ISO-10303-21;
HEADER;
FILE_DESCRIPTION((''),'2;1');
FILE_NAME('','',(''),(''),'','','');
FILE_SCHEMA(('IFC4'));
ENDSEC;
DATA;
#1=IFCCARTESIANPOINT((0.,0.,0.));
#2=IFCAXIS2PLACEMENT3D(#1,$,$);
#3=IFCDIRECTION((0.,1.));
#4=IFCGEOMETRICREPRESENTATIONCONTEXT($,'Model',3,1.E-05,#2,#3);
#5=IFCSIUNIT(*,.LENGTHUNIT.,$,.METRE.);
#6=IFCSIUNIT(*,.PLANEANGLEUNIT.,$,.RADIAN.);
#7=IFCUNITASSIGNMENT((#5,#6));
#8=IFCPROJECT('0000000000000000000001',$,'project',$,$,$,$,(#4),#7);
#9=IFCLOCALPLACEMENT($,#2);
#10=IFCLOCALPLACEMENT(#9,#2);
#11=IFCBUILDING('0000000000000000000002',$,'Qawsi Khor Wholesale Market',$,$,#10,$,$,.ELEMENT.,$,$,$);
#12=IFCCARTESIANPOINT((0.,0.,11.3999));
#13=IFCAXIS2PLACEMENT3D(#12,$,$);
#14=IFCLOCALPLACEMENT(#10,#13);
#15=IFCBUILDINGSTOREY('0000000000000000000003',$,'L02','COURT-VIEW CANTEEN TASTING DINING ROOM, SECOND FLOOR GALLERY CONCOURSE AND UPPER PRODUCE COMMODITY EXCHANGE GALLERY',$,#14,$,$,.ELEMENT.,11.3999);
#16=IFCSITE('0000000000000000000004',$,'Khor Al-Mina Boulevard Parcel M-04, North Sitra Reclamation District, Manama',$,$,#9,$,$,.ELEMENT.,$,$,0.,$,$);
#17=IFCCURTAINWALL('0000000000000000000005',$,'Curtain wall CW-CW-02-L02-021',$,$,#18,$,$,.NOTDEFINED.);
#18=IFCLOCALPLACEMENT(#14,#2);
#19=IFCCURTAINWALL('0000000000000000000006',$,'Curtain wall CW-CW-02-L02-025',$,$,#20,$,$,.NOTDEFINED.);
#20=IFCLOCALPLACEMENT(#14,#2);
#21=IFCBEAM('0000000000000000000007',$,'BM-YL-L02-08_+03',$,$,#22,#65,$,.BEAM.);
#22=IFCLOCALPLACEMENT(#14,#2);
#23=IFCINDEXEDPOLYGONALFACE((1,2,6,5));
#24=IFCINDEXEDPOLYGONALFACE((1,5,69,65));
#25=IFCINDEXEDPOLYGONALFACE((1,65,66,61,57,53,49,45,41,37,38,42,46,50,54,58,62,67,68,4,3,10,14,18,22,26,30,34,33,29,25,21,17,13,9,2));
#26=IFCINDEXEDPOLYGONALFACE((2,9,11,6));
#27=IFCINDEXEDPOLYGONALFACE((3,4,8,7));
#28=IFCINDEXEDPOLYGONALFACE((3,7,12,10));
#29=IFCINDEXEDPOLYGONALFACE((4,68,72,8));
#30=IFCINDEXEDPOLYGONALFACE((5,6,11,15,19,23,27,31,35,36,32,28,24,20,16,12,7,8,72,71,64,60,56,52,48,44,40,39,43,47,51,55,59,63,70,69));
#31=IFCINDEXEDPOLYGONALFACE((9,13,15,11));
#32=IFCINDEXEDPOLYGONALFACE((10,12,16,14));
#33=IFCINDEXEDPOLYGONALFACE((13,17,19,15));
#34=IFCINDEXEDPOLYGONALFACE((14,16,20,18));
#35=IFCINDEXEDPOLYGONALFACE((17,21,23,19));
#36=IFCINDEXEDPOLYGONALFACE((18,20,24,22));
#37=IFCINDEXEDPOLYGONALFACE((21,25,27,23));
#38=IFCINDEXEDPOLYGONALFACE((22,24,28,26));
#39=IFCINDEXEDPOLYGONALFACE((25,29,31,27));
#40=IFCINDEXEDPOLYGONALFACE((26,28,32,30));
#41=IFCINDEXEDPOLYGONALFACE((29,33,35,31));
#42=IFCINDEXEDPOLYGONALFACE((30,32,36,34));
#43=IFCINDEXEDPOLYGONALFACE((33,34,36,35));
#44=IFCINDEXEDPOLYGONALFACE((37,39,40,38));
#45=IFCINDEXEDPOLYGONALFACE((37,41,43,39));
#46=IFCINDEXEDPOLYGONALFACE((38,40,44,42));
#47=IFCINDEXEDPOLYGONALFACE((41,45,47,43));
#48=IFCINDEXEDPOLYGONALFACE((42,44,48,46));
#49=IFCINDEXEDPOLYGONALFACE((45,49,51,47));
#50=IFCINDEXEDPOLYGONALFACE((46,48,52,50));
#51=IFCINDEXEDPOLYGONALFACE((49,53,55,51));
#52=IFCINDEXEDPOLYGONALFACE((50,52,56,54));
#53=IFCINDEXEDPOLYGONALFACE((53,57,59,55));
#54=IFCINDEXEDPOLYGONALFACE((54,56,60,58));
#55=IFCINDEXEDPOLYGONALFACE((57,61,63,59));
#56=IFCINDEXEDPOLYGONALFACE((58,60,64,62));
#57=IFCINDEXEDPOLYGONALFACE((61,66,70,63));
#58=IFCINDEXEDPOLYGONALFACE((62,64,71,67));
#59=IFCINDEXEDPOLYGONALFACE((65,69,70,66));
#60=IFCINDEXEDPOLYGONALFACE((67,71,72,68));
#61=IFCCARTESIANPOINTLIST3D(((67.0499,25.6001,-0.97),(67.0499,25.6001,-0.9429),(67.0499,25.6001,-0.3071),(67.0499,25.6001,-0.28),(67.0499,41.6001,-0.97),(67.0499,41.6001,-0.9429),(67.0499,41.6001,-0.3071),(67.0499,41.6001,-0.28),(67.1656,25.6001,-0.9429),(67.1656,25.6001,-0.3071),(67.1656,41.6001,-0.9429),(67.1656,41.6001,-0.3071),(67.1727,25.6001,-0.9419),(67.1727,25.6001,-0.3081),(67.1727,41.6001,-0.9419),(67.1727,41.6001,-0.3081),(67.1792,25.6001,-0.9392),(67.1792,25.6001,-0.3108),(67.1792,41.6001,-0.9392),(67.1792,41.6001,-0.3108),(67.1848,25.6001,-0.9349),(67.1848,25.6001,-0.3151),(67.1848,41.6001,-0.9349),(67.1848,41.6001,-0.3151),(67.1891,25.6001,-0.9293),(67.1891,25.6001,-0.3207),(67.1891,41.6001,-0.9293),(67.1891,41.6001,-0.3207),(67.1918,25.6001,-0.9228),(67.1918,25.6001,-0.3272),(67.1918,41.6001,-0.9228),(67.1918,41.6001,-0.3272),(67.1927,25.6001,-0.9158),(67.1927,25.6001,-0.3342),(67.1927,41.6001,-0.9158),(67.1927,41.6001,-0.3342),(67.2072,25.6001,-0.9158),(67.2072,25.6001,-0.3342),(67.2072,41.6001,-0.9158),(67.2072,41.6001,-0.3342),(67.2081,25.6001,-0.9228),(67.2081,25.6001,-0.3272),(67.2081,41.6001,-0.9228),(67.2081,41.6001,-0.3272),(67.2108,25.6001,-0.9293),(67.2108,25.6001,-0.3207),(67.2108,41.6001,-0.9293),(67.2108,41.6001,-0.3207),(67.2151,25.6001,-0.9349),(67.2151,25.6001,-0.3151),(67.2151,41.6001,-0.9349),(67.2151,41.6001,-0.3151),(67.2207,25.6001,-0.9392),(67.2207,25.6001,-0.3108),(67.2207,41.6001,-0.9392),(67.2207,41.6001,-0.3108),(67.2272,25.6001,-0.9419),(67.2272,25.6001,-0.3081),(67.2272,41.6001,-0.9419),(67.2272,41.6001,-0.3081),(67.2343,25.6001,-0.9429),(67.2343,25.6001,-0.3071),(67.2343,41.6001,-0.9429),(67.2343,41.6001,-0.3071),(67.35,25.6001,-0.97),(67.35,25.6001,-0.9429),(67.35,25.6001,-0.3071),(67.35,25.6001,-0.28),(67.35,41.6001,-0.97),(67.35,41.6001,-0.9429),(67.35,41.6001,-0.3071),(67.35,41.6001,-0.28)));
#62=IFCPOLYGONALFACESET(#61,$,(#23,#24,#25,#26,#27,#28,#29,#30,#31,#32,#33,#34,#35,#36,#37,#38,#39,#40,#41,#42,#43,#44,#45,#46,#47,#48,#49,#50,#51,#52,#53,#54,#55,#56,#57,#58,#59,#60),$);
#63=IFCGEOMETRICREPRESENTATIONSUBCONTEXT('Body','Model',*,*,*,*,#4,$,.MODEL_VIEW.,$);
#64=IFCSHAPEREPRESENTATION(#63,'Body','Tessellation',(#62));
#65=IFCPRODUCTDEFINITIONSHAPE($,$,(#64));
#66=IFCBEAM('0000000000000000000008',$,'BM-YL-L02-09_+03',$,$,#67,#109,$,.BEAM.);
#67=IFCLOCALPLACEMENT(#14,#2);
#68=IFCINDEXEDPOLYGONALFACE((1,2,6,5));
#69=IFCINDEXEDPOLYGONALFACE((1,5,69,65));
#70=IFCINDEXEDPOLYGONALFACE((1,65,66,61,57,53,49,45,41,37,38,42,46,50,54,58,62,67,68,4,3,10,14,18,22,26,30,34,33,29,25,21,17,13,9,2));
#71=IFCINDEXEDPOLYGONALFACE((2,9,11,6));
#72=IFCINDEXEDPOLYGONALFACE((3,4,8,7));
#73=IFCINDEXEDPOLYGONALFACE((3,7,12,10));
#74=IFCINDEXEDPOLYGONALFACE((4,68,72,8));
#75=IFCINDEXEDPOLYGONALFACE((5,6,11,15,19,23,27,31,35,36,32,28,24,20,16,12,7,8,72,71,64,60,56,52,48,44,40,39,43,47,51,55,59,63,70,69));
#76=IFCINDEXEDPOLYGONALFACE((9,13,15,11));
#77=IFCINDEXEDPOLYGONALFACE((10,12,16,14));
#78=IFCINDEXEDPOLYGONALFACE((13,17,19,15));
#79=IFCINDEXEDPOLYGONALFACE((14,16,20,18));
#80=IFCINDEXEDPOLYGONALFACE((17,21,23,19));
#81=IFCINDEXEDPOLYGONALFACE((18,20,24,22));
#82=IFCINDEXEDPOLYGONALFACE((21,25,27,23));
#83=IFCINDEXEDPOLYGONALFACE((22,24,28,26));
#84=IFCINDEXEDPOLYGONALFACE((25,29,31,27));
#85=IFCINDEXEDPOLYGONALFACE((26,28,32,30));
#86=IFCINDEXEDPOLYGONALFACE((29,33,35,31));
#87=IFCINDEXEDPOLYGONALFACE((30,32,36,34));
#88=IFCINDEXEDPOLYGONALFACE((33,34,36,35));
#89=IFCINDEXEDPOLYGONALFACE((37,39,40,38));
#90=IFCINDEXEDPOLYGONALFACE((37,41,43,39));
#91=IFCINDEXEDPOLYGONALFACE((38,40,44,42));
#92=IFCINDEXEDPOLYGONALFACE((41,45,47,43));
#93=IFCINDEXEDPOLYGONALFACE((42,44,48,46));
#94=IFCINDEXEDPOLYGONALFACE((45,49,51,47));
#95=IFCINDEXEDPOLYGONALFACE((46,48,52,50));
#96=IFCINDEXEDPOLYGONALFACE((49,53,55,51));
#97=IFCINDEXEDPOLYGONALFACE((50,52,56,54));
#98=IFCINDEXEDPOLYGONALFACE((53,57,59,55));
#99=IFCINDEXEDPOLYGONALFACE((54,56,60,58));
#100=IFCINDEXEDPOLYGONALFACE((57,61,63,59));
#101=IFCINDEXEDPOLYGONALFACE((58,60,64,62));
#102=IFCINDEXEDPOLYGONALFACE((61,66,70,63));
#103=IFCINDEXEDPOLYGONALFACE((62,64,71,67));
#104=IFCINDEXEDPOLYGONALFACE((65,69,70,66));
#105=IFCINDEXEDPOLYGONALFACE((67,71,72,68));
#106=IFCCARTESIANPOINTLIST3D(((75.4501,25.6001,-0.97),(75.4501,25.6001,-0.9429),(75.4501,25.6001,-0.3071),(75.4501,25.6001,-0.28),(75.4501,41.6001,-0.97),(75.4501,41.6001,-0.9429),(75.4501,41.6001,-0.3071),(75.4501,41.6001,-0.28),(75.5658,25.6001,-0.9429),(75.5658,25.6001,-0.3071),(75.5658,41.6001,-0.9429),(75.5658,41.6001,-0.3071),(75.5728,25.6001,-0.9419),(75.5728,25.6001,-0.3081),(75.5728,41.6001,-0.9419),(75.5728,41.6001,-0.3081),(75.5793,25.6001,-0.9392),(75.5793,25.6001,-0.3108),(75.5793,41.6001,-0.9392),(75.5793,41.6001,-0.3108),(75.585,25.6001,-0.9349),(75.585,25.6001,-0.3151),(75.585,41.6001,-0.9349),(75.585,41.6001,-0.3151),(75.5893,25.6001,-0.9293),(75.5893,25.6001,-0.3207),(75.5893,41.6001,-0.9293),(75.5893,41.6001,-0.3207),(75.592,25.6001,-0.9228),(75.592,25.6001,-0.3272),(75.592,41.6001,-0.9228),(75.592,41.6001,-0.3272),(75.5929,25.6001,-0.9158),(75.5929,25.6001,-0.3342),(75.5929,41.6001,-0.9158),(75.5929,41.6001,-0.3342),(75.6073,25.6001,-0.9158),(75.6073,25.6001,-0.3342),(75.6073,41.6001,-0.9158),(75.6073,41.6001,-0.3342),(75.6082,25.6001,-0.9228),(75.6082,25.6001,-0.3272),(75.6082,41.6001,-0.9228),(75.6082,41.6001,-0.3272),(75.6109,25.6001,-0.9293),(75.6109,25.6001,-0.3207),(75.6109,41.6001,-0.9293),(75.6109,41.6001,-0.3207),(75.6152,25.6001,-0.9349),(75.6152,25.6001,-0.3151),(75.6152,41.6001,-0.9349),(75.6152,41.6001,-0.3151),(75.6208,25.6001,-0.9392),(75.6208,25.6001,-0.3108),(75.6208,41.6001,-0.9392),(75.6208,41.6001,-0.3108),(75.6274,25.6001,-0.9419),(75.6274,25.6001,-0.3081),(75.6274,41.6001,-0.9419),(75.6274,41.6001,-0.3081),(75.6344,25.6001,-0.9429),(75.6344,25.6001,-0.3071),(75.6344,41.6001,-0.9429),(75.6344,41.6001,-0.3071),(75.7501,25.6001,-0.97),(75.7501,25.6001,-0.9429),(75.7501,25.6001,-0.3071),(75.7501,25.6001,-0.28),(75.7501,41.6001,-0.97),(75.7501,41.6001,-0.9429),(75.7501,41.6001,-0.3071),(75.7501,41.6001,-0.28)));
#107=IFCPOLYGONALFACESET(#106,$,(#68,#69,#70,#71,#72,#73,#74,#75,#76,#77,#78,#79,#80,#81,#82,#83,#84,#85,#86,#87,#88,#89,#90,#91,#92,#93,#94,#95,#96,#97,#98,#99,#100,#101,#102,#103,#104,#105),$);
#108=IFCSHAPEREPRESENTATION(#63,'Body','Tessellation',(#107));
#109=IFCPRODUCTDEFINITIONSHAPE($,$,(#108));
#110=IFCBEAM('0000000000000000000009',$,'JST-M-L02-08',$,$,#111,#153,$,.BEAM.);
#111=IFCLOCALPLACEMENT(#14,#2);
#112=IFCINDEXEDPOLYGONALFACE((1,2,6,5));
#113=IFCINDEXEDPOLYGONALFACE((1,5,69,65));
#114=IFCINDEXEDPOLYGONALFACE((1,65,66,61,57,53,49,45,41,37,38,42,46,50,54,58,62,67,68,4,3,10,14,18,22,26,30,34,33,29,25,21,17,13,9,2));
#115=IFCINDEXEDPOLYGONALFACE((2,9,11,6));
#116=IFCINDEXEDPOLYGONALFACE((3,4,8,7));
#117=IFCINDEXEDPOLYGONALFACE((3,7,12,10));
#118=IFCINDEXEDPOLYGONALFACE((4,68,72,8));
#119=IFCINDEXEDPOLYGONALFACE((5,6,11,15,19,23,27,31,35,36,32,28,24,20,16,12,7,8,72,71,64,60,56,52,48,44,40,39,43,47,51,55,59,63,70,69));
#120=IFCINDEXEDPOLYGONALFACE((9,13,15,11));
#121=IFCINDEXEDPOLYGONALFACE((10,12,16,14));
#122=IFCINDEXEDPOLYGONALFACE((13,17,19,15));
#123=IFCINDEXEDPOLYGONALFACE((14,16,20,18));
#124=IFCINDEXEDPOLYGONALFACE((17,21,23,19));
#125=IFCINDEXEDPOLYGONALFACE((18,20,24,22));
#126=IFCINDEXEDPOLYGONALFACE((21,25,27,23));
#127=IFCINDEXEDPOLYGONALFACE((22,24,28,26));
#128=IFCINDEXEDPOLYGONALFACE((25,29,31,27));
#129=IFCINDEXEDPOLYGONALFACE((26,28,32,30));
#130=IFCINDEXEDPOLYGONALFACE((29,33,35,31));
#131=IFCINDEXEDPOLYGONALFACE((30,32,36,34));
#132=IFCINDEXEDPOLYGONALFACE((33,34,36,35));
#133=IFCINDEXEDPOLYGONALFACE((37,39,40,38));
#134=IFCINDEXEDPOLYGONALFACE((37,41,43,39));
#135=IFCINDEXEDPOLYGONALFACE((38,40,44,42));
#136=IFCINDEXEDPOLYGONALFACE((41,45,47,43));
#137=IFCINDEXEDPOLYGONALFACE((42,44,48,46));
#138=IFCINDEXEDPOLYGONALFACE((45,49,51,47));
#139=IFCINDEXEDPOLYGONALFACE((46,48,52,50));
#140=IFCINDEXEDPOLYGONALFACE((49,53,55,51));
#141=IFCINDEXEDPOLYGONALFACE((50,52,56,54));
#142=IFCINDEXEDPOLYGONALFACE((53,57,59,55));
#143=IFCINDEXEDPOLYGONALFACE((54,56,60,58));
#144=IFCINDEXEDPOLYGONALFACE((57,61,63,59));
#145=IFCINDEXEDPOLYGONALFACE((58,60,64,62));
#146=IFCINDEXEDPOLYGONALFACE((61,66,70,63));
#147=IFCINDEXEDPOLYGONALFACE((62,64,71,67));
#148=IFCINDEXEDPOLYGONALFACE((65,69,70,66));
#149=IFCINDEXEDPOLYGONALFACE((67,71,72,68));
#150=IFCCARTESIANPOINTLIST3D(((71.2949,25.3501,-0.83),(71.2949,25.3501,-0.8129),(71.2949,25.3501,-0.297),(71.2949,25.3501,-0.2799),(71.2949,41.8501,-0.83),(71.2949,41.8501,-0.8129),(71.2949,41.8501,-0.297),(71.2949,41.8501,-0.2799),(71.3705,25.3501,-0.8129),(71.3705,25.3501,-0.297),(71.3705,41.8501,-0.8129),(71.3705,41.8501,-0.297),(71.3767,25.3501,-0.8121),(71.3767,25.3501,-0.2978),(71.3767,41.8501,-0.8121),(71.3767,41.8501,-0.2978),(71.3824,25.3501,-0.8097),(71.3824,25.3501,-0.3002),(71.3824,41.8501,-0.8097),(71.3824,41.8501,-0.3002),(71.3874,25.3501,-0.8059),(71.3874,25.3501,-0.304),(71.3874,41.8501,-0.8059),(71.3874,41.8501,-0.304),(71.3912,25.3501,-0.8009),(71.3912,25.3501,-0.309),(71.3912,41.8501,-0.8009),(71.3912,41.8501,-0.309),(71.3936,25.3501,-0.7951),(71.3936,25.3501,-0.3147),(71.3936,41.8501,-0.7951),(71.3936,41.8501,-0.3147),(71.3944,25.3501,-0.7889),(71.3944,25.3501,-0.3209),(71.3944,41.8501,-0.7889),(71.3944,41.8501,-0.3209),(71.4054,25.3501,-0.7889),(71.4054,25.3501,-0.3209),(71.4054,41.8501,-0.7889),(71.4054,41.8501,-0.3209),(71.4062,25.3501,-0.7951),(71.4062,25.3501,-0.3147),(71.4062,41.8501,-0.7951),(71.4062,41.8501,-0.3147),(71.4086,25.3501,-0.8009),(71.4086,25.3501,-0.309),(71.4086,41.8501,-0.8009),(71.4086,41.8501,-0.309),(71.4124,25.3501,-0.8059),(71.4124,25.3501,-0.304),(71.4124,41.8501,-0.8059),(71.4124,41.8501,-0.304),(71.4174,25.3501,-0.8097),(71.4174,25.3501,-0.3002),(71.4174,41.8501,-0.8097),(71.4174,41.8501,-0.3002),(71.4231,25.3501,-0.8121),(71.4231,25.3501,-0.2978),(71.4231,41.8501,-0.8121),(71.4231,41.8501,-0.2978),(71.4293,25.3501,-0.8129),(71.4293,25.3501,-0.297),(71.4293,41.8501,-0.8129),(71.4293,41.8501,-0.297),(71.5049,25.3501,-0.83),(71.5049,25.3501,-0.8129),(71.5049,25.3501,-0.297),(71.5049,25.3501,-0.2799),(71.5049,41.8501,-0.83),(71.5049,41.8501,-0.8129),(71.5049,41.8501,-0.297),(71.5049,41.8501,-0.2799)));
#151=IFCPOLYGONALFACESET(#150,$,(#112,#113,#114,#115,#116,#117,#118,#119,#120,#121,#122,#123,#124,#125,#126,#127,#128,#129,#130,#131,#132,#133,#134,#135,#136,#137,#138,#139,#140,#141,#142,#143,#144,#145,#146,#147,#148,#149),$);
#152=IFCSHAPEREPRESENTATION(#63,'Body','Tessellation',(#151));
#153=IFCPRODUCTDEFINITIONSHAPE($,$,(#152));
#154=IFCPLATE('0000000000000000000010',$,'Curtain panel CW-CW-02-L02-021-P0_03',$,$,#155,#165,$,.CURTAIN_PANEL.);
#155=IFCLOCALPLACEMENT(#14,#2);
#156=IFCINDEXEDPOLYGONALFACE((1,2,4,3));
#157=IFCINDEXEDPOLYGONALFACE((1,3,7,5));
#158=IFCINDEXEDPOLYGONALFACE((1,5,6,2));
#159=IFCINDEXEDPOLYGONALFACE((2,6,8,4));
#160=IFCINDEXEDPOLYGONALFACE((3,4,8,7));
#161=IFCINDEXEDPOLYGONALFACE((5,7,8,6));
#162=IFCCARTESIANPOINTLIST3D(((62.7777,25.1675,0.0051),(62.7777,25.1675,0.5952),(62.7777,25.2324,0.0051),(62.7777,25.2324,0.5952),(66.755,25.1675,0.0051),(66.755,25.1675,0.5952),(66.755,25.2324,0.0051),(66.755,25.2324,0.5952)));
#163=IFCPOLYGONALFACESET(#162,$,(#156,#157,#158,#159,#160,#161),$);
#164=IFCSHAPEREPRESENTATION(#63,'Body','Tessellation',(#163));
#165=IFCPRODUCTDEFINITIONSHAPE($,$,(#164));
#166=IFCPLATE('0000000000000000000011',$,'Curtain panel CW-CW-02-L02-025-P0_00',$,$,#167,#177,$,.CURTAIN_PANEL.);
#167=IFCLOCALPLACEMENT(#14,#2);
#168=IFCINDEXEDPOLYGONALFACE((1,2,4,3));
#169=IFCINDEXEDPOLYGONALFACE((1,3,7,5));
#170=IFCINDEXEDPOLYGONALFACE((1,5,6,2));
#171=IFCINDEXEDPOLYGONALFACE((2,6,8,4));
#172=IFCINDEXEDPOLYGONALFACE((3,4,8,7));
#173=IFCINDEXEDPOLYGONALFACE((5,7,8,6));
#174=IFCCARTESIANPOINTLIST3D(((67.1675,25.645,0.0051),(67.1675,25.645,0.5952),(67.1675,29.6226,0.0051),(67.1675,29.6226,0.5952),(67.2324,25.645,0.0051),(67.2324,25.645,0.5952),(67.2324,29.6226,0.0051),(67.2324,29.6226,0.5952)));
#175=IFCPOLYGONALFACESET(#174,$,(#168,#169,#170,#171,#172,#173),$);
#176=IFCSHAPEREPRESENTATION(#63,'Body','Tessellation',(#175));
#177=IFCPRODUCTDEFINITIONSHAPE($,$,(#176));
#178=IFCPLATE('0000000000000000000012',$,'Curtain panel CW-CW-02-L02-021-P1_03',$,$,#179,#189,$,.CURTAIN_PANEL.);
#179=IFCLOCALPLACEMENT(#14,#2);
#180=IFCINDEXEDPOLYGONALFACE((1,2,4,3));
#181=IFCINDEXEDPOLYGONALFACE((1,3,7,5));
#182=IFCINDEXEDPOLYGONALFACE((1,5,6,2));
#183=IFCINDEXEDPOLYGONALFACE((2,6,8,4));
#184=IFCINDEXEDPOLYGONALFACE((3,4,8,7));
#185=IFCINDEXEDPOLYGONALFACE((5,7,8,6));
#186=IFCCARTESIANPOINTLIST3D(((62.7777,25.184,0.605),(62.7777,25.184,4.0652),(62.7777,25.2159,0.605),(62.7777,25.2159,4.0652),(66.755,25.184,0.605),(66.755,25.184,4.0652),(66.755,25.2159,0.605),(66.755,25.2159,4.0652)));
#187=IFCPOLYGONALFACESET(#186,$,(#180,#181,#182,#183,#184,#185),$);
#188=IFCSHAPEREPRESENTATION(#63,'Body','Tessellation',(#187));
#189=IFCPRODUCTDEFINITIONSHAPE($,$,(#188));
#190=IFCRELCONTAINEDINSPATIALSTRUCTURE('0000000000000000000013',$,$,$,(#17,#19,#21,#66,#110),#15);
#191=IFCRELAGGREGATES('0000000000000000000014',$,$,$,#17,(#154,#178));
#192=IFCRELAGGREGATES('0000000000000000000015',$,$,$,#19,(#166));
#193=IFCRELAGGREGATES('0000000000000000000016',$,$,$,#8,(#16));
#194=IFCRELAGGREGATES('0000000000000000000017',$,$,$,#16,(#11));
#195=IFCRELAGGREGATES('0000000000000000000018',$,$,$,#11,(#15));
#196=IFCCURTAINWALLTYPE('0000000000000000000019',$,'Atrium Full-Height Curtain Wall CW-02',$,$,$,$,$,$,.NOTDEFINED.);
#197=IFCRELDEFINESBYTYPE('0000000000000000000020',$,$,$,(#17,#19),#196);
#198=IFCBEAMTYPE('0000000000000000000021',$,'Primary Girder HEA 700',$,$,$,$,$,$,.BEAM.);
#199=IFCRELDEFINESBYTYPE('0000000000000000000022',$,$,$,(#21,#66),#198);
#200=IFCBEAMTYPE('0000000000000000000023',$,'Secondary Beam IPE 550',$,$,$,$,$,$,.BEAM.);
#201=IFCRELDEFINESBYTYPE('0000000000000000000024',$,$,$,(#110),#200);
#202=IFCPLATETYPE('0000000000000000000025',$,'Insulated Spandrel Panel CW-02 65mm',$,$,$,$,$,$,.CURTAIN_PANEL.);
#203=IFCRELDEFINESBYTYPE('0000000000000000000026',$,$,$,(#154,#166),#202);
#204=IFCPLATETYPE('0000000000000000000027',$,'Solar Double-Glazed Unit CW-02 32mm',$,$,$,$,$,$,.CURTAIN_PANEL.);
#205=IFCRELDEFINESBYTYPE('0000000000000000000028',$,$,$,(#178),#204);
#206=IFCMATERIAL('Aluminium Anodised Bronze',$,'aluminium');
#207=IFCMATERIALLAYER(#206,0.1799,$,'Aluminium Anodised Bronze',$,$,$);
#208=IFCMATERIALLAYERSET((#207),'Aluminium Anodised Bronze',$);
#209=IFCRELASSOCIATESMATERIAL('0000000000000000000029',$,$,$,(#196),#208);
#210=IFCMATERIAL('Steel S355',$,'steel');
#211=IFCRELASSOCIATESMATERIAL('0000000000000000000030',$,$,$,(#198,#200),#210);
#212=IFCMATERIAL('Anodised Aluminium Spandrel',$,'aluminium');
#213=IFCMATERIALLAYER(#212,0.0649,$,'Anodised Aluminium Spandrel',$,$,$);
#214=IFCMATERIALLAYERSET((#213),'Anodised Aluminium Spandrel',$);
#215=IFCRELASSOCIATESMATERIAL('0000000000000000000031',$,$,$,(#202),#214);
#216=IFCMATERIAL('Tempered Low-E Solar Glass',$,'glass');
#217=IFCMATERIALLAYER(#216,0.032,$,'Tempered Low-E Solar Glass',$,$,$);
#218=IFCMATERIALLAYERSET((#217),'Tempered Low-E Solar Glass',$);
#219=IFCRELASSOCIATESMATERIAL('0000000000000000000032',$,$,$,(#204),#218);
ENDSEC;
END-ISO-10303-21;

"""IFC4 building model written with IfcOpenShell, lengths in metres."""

from ifc_helpers import new_model, si_unit, direction, frame, frame_2d, origin, origin_2d, place, context, subcontext, project, spatial, rectangle, i_section, extrude, material, layer, layer_set, material_profile, profile_set, type_object, element, aggregate, save


model = new_model("IFC4")

# Units and contexts
model_context = context("Model", 3, precision=1e-05, world=origin(), true_north=direction((0.0, 1.0)))
body_context = subcontext(model_context, "Body", "Model", "MODEL_VIEW")
ifc_project = project(units=[si_unit("LENGTHUNIT", "METRE"), si_unit("PLANEANGLEUNIT", "RADIAN")], contexts=[model_context])

# Site, building, storey
site_placement = place(None, origin())
site = spatial("IfcSite", under=ifc_project, at=site_placement, Name="Khor Al-Mina Boulevard Parcel M-04, North Sitra Reclamation District, Manama", CompositionType="ELEMENT", RefElevation=0.0)
building_placement = place(site_placement, origin())
building = spatial("IfcBuilding", under=site, at=building_placement, Name="Qawsi Khor Wholesale Market", CompositionType="ELEMENT")
storey_placement = place(building_placement, frame((0.0, 0.0, 11.3999)))
storey = spatial("IfcBuildingStorey", under=building, at=storey_placement, Name="L02", Description="COURT-VIEW CANTEEN TASTING DINING ROOM, SECOND FLOOR GALLERY CONCOURSE AND UPPER PRODUCE COMMODITY EXCHANGE GALLERY", CompositionType="ELEMENT", Elevation=11.3999)

# Curtain wall
ifc_material_1 = material(Name="Aluminium Anodised Bronze", Category="aluminium")
ifc_layer_1 = layer(ifc_material_1, 0.1799, Name="Aluminium Anodised Bronze")
ifc_layer_set_1 = layer_set([ifc_layer_1], Name="Aluminium Anodised Bronze")
curtain_wall_type = type_object("IfcCurtainWallType", Name="Atrium Full-Height Curtain Wall CW-02", PredefinedType="NOTDEFINED", material=ifc_layer_set_1)
curtain_wall_1_placement = place(storey_placement, origin())
curtain_wall_1 = element("IfcCurtainWall", 1, at=curtain_wall_1_placement, inside=storey, type_object=curtain_wall_type, Name="Curtain wall CW-CW-02-L02-021", PredefinedType="NOTDEFINED")

# Curtain wall
curtain_wall_2_placement = place(storey_placement, origin())
curtain_wall_2 = element("IfcCurtainWall", 2, at=curtain_wall_2_placement, inside=storey, type_object=curtain_wall_type, Name="Curtain wall CW-CW-02-L02-025", PredefinedType="NOTDEFINED")

# Beams
ifc_material_2 = material(Name="Steel S355", Category="steel")
ifc_material_profile_1 = material_profile(ifc_material_2, i_section(OverallWidth=0.3, OverallDepth=0.6899, WebThickness=0.0144, FlangeThickness=0.0271, FilletRadius=0.0271, at=origin_2d()), Name="HEA 700")
ifc_profile_set_1 = profile_set([ifc_material_profile_1], Name="Steel S355")
beam_type_1 = type_object("IfcBeamType", Name="Primary Girder HEA 700", PredefinedType="BEAM", material=ifc_profile_set_1)
for number, where, z_axis, x_axis, name in (
    (3, (67.2, 25.6001, -0.625), (0.0, 1.0, 0.0), (-1.0, 0.0, 0.0), "BM-YL-L02-08_+03"),
    (4, (75.6001, 25.6001, -0.625), (0.0, 1.0, 0.0), (-1.0, 0.0, 0.0), "BM-YL-L02-09_+03"),
):
    element("IfcBeam", number, at=place(storey_placement, frame(where, z_axis=z_axis, x_axis=x_axis)), inside=storey, type_object=beam_type_1, Name=name, PredefinedType="BEAM", context=body_context, shape_type="SweptSolid", body=[
        extrude(i_section(OverallWidth=0.3, OverallDepth=0.6899, WebThickness=0.0144, FlangeThickness=0.0271, FilletRadius=0.0271, at=origin_2d()), origin(), (0.0, 0.0, 1.0), 16.0),
    ])
ifc_material_profile_2 = material_profile(ifc_material_2, i_section(OverallWidth=0.21, OverallDepth=0.55, WebThickness=0.011, FlangeThickness=0.0171, FilletRadius=0.0239, at=origin_2d()), Name="IPE 550")
ifc_profile_set_2 = profile_set([ifc_material_profile_2], Name="Steel S355")
beam_type_2 = type_object("IfcBeamType", Name="Secondary Beam IPE 550", PredefinedType="BEAM", material=ifc_profile_set_2)
beam_1_placement = place(storey_placement, frame((71.3999, 25.3501, -0.5549), z_axis=(0.0, 1.0, 0.0), x_axis=(-1.0, 0.0, 0.0)))
element("IfcBeam", 5, at=beam_1_placement, inside=storey, type_object=beam_type_2, Name="JST-M-L02-08", PredefinedType="BEAM", context=body_context, shape_type="SweptSolid", body=[
    extrude(i_section(OverallWidth=0.21, OverallDepth=0.55, WebThickness=0.011, FlangeThickness=0.0171, FilletRadius=0.0239, at=origin_2d()), origin(), (0.0, 0.0, 1.0), 16.5),
])

# Plates
ifc_material_3 = material(Name="Anodised Aluminium Spandrel", Category="aluminium")
ifc_layer_2 = layer(ifc_material_3, 0.0649, Name="Anodised Aluminium Spandrel")
ifc_layer_set_2 = layer_set([ifc_layer_2], Name="Anodised Aluminium Spandrel")
plate_type_1 = type_object("IfcPlateType", Name="Insulated Spandrel Panel CW-02 65mm", PredefinedType="CURTAIN_PANEL", material=ifc_layer_set_2)
plate_1_placement = place(storey_placement, frame((62.7776, 25.2, 0.0051), z_axis=(0.0, 0.0, 1.0), x_axis=(1.0, 0.0, 0.0)))
plate_1 = element("IfcPlate", 6, at=plate_1_placement, type_object=plate_type_1, Name="Curtain panel CW-CW-02-L02-021-P0_03", PredefinedType="CURTAIN_PANEL", context=body_context, shape_type="SweptSolid", body=[
    extrude(rectangle(XDim=3.9773, YDim=0.0649, at=frame_2d((1.9888, 0.0))), origin(), (0.0, 0.0, 1.0), 0.5901),
])
plate_2_placement = place(storey_placement, frame((67.2, 25.645, 0.0051), z_axis=(0.0, 0.0, 1.0), x_axis=(0.0, 1.0, 0.0)))
plate_2 = element("IfcPlate", 7, at=plate_2_placement, type_object=plate_type_1, Name="Curtain panel CW-CW-02-L02-025-P0_00", PredefinedType="CURTAIN_PANEL", context=body_context, shape_type="SweptSolid", body=[
    extrude(rectangle(XDim=3.9775, YDim=0.0649, at=frame_2d((1.9888, 0.0))), origin(), (0.0, 0.0, 1.0), 0.5901),
])
ifc_material_4 = material(Name="Tempered Low-E Solar Glass", Category="glass")
ifc_layer_3 = layer(ifc_material_4, 0.032, Name="Tempered Low-E Solar Glass")
ifc_layer_set_3 = layer_set([ifc_layer_3], Name="Tempered Low-E Solar Glass")
plate_type_2 = type_object("IfcPlateType", Name="Solar Double-Glazed Unit CW-02 32mm", PredefinedType="CURTAIN_PANEL", material=ifc_layer_set_3)
plate_3_placement = place(storey_placement, frame((62.7776, 25.2, 0.605), z_axis=(0.0, 0.0, 1.0), x_axis=(1.0, 0.0, 0.0)))
plate_3 = element("IfcPlate", 8, at=plate_3_placement, type_object=plate_type_2, Name="Curtain panel CW-CW-02-L02-021-P1_03", PredefinedType="CURTAIN_PANEL", context=body_context, shape_type="SweptSolid", body=[
    extrude(rectangle(XDim=3.9773, YDim=0.032, at=frame_2d((1.9888, 0.0))), origin(), (0.0, 0.0, 1.0), 3.4602),
])
aggregate(curtain_wall_1, [plate_1, plate_3])
aggregate(curtain_wall_2, [plate_2])

save(model, "model.ifc")
